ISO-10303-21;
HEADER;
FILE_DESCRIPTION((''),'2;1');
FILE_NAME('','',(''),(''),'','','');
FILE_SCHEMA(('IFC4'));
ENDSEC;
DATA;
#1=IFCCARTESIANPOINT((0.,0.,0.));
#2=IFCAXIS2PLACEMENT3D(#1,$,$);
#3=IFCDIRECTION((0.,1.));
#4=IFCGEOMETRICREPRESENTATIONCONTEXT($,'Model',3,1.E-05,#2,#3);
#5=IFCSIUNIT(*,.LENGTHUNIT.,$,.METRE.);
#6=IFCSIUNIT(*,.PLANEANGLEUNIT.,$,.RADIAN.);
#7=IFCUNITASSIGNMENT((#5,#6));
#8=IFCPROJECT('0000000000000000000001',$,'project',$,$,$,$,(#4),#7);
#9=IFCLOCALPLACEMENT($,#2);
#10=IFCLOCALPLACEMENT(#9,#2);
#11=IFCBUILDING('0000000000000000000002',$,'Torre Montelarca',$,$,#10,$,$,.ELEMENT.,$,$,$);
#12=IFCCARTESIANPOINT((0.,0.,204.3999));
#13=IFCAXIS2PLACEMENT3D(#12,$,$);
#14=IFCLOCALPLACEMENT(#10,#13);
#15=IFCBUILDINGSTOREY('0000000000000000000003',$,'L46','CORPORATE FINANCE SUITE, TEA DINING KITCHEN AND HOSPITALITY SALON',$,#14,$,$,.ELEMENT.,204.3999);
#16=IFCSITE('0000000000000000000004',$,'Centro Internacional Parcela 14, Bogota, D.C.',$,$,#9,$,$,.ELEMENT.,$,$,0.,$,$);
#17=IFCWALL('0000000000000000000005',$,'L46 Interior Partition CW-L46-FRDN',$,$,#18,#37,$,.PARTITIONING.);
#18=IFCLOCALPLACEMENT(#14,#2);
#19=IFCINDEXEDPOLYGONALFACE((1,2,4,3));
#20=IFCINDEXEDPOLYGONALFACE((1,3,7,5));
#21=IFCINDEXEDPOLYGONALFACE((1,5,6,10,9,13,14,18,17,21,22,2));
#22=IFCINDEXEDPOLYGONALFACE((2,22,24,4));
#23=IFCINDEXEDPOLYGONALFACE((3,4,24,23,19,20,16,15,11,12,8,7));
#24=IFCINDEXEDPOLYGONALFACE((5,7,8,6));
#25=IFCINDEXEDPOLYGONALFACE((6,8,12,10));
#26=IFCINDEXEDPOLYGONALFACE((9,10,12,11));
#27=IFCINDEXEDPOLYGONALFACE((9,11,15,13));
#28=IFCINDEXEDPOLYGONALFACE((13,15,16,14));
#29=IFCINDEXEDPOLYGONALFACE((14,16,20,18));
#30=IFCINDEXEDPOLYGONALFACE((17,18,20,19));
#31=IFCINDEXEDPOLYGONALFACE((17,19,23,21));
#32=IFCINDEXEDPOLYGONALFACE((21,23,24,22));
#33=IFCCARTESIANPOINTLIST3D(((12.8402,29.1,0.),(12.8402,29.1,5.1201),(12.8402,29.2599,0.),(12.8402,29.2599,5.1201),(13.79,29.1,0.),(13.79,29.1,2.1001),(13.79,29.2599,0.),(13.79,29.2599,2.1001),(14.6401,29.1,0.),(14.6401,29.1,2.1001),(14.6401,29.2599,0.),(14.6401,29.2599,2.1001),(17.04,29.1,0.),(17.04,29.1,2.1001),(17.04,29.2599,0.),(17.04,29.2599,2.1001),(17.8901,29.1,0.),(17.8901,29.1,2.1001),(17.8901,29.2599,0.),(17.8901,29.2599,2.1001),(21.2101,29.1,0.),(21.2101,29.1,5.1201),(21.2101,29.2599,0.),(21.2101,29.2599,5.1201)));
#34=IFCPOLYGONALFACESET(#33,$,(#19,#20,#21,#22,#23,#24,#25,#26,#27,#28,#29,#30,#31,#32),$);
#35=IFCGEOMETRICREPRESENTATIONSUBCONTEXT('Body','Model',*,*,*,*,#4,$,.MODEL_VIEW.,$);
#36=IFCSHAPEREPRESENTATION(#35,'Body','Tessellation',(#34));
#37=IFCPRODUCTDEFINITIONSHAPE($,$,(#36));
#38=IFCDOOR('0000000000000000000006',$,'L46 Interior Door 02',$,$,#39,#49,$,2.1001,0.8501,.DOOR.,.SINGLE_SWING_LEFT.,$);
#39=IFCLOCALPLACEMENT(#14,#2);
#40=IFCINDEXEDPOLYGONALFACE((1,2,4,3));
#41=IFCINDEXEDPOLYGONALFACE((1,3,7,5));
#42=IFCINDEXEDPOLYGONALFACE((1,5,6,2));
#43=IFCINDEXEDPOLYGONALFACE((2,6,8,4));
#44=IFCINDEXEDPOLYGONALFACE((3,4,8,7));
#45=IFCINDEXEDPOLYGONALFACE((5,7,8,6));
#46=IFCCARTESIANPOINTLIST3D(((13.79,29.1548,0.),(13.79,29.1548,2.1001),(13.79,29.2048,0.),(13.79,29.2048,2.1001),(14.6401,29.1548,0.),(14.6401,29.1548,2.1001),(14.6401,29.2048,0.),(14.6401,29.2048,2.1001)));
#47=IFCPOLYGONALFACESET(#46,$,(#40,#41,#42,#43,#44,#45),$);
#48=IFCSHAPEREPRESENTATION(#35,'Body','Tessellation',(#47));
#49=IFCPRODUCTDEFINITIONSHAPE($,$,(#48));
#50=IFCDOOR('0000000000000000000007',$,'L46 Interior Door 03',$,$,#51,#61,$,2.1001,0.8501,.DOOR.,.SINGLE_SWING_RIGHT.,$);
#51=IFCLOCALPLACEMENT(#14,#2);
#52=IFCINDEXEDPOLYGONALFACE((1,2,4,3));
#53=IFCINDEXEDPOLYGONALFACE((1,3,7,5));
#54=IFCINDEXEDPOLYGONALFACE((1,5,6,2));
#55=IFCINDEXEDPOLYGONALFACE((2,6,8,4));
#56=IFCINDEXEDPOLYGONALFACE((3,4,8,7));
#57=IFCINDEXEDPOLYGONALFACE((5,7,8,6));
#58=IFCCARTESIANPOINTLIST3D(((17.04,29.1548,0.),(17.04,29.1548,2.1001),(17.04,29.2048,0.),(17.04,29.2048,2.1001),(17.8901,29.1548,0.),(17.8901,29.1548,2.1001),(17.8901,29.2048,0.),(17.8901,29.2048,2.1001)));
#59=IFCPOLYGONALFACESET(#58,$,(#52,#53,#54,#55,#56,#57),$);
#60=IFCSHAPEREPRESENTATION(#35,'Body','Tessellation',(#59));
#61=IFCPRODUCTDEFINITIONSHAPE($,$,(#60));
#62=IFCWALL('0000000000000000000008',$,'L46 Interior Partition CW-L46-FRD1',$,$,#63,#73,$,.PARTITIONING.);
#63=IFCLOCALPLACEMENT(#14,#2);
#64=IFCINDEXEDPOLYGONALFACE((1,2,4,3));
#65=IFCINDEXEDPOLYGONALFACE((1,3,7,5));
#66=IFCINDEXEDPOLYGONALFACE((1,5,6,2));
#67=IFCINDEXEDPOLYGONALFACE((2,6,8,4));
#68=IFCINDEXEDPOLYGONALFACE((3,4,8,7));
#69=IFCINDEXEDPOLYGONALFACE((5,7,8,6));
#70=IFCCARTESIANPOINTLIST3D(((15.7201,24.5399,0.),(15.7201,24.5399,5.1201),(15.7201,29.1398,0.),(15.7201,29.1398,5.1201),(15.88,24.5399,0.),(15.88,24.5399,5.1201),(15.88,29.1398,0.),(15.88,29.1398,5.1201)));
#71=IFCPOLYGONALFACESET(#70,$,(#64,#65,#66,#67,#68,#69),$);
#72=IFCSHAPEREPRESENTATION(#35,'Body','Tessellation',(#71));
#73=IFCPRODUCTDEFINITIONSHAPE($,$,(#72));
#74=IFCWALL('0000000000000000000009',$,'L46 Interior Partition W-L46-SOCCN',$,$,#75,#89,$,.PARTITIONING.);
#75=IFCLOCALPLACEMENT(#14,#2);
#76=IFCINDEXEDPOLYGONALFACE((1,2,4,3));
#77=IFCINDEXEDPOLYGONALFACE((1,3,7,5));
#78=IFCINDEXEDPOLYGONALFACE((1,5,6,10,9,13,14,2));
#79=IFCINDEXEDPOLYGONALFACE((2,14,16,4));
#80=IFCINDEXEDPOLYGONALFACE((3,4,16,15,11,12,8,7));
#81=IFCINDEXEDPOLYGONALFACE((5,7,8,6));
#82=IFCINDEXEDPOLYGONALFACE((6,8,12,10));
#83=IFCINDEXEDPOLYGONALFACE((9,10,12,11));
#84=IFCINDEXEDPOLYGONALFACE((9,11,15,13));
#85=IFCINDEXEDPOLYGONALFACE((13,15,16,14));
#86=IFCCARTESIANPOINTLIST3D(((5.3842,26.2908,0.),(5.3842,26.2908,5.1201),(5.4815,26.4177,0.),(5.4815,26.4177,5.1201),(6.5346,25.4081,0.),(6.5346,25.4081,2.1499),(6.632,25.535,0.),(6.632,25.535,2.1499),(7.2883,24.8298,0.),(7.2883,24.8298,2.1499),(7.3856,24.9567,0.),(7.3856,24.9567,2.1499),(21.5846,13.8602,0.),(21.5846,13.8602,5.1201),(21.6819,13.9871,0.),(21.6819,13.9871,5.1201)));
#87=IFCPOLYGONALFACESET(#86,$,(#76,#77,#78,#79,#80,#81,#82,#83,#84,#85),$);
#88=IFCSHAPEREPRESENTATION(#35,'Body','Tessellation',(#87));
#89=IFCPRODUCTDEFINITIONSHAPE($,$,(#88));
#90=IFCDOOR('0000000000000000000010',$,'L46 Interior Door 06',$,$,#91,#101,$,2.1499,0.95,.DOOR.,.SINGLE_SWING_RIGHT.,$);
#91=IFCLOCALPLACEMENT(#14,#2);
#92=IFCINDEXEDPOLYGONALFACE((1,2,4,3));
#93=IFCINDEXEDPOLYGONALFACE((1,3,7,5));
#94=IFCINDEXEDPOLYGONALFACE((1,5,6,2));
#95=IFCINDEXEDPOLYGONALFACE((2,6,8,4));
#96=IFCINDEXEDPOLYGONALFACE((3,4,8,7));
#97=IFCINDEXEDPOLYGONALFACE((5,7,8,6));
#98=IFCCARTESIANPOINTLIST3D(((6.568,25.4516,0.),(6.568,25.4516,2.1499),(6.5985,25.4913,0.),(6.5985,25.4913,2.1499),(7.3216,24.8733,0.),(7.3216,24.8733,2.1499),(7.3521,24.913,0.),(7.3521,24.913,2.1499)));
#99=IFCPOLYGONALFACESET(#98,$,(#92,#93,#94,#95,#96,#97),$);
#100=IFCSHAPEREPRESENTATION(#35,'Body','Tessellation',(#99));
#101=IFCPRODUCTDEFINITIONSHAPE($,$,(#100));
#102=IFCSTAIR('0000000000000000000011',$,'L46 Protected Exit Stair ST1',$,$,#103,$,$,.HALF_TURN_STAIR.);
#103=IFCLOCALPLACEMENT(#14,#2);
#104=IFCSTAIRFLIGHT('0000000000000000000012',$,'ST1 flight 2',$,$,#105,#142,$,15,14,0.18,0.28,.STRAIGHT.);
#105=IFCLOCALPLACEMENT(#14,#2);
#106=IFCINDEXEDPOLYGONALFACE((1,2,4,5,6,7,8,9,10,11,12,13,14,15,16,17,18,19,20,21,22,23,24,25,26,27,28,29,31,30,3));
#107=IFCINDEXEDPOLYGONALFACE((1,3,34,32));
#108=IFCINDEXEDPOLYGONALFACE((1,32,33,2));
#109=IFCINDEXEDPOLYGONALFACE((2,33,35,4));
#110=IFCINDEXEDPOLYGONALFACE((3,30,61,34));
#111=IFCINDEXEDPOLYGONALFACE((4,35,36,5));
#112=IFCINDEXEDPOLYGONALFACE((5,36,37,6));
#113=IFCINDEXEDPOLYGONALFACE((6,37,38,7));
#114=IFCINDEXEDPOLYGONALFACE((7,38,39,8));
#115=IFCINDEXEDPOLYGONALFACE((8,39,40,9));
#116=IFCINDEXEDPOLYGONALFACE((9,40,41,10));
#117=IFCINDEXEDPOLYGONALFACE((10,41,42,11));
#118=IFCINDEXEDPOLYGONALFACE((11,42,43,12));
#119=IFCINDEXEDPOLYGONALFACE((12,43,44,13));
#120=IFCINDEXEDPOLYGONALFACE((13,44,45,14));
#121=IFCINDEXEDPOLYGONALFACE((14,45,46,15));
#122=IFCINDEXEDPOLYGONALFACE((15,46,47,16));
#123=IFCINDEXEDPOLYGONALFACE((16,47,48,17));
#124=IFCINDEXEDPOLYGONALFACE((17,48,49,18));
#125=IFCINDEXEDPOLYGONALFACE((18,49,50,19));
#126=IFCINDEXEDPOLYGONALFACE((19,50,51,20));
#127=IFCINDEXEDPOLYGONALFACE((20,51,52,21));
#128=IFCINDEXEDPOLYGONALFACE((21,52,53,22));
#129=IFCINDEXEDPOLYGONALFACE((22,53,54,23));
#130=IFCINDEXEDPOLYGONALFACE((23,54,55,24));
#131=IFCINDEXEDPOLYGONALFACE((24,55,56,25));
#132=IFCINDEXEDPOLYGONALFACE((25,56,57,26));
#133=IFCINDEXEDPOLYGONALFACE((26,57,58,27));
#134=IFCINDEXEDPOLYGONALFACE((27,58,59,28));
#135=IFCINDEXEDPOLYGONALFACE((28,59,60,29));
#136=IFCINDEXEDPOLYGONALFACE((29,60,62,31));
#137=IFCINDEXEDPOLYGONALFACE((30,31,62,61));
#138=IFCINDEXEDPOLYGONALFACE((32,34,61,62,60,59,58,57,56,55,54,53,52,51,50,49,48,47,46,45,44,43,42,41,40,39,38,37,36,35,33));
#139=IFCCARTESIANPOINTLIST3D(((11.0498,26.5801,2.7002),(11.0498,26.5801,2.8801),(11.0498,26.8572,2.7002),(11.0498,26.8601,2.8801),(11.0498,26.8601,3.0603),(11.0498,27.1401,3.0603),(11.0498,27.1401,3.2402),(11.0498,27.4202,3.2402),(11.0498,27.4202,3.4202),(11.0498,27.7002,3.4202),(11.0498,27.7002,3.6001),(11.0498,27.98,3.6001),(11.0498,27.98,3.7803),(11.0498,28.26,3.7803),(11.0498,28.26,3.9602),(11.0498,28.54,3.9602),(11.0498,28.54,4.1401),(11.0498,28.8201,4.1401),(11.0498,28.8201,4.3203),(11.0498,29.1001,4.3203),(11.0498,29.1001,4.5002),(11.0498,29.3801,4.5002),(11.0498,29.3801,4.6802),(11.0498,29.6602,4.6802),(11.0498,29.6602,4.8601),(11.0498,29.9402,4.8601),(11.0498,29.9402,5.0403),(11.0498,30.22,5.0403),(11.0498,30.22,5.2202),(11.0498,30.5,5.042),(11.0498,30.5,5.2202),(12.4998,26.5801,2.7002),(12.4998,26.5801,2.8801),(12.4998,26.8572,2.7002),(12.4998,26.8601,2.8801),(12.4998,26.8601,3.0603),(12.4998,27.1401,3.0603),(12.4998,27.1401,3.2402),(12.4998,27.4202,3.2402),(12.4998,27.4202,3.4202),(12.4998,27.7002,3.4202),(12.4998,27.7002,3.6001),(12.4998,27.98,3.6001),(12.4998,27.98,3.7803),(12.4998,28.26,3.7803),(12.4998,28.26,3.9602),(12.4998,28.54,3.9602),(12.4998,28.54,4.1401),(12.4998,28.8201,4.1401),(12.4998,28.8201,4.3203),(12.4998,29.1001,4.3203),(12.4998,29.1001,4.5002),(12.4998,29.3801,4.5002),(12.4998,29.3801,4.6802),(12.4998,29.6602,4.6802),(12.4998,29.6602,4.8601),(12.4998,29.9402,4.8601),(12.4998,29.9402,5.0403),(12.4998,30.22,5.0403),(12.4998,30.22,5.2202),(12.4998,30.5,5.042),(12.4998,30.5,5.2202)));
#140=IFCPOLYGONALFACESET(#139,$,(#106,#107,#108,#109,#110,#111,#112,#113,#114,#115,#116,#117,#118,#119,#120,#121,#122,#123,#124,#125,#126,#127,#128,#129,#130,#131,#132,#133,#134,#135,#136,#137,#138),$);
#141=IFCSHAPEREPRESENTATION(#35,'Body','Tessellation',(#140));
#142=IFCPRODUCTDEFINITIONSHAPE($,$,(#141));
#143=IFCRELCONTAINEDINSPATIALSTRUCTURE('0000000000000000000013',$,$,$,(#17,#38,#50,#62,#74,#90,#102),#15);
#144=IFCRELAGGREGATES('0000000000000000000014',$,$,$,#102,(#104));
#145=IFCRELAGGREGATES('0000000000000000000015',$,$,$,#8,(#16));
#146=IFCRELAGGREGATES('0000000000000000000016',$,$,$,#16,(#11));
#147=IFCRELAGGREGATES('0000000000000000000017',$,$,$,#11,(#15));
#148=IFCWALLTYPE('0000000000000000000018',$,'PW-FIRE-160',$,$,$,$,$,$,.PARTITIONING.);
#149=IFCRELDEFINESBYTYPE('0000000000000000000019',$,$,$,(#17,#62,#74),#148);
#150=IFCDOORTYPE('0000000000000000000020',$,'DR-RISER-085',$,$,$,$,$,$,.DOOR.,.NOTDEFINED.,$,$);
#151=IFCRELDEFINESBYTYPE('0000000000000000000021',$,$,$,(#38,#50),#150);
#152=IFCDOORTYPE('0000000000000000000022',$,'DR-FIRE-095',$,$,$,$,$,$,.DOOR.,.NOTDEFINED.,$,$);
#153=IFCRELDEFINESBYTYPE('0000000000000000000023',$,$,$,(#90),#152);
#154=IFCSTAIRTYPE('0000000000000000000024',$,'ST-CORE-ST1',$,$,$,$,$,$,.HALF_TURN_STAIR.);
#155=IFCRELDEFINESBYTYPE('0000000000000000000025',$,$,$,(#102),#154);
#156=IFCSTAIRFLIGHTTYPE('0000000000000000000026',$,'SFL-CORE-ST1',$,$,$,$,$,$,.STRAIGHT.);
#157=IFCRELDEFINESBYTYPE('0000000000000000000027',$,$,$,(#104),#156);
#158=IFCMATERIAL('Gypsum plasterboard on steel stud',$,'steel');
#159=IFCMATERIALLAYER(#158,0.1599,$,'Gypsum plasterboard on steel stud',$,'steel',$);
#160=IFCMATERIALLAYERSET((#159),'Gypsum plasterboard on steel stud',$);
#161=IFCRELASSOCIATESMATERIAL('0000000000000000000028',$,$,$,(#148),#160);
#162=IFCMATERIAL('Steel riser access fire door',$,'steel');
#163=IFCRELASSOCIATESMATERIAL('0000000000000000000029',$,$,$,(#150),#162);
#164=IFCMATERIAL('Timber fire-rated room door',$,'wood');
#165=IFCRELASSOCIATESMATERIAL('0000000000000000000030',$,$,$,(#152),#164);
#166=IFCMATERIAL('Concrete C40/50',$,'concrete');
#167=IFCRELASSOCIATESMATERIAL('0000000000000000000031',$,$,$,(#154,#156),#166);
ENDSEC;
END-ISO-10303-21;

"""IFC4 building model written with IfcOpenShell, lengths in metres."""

from ifc_helpers import new_model, si_unit, direction, frame, frame_2d, origin, place, context, subcontext, project, spatial, polyline, rectangle, outline, extrude, source, transform, mapped, material, layer, layer_set, type_object, element, fill, aggregate, save


model = new_model("IFC4")

# Units and contexts
model_context = context("Model", 3, precision=1e-05, world=origin(), true_north=direction((0.0, 1.0)))
body_context = subcontext(model_context, "Body", "Model", "MODEL_VIEW")
ifc_project = project(units=[si_unit("LENGTHUNIT", "METRE"), si_unit("PLANEANGLEUNIT", "RADIAN")], contexts=[model_context])

# Site, building, storey
site_placement = place(None, origin())
site = spatial("IfcSite", under=ifc_project, at=site_placement, Name="Centro Internacional Parcela 14, Bogota, D.C.", CompositionType="ELEMENT", RefElevation=0.0)
building_placement = place(site_placement, origin())
building = spatial("IfcBuilding", under=site, at=building_placement, Name="Torre Montelarca", CompositionType="ELEMENT")
storey_placement = place(building_placement, frame((0.0, 0.0, 204.3999)))
storey = spatial("IfcBuildingStorey", under=building, at=storey_placement, Name="L46", Description="CORPORATE FINANCE SUITE, TEA DINING KITCHEN AND HOSPITALITY SALON", CompositionType="ELEMENT", Elevation=204.3999)

# Shared definitions
ifc_material_1 = material(Name="Concrete C40/50", Category="concrete")

# Wall, openings, doors
ifc_material_2 = material(Name="Gypsum plasterboard on steel stud", Category="steel")
ifc_layer_1 = layer(ifc_material_2, 0.1599, Name="Gypsum plasterboard on steel stud", Category="steel")
ifc_layer_set_1 = layer_set([ifc_layer_1], Name="Gypsum plasterboard on steel stud")
wall_type_1 = type_object("IfcWallType", Name="PW-FIRE-160", PredefinedType="PARTITIONING", material=ifc_layer_set_1)
wall_1_placement = place(storey_placement, frame((12.8401, 29.1799, 0.0), z_axis=(0.0, 0.0, 1.0), x_axis=(1.0, 0.0, 0.0)))
wall_1 = element("IfcWall", 1, at=wall_1_placement, inside=storey, type_object=wall_type_1, Name="L46 Interior Partition CW-L46-FRDN", PredefinedType="PARTITIONING", context=body_context, shape_type="SweptSolid", body=[
    extrude(rectangle(XDim=8.3699, YDim=0.1599, at=frame_2d((4.1851, 0.0))), origin(), (0.0, 0.0, 1.0), 5.1201),
])
opening_1_placement = place(wall_1_placement, frame((0.95, 0.0, 0.0)))
opening_1 = element("IfcOpeningElement", 2, at=opening_1_placement, cuts=wall_1, PredefinedType="OPENING", context=body_context, shape_type="SweptSolid", body=[
    extrude(rectangle(XDim=0.8501, YDim=2.1001, at=frame_2d((0.425, 1.05))), frame((0.0, 0.0898, 0.0), z_axis=(0.0, -1.0, 0.0), x_axis=(1.0, 0.0, 0.0)), (0.0, 0.0, 1.0), 0.1799),
])
opening_2_placement = place(wall_1_placement, frame((4.2, 0.0, 0.0)))
opening_2 = element("IfcOpeningElement", 3, at=opening_2_placement, cuts=wall_1, PredefinedType="OPENING", context=body_context, shape_type="SweptSolid", body=[
    extrude(rectangle(XDim=0.8501, YDim=2.1001, at=frame_2d((0.425, 1.05))), frame((0.0, 0.0898, 0.0), z_axis=(0.0, -1.0, 0.0), x_axis=(1.0, 0.0, 0.0)), (0.0, 0.0, 1.0), 0.1799),
])
ifc_material_3 = material(Name="Steel riser access fire door", Category="steel")
door_type_1 = type_object("IfcDoorType", Name="DR-RISER-085", OperationType="NOTDEFINED", PredefinedType="DOOR", material=ifc_material_3)
shared_shape_1 = source(origin(), body_context, "Body", "SweptSolid", [
    extrude(rectangle(XDim=0.8501, YDim=2.1001, at=frame_2d((0.425, 1.05))), frame((0.0, 0.0249, 0.0), z_axis=(0.0, -1.0, 0.0), x_axis=(1.0, 0.0, 0.0)), (0.0, 0.0, 1.0), 0.05),
])
door_1_placement = place(opening_1_placement, origin())
door_1 = element("IfcDoor", 4, at=door_1_placement, inside=storey, type_object=door_type_1, Name="L46 Interior Door 02", OperationType="SINGLE_SWING_LEFT", OverallHeight=2.1001, OverallWidth=0.8501, PredefinedType="DOOR", context=body_context, shape_type="MappedRepresentation", body=[
    mapped(shared_shape_1, transform((0.0, 0.0, 0.0), scale=1.0)),
])
fill(opening_1, door_1)
door_2_placement = place(opening_2_placement, origin())
door_2 = element("IfcDoor", 5, at=door_2_placement, inside=storey, type_object=door_type_1, Name="L46 Interior Door 03", OperationType="SINGLE_SWING_RIGHT", OverallHeight=2.1001, OverallWidth=0.8501, PredefinedType="DOOR", context=body_context, shape_type="MappedRepresentation", body=[
    mapped(shared_shape_1, transform((0.0, 0.0, 0.0), scale=1.0)),
])
fill(opening_2, door_2)

# Wall
wall_2_placement = place(storey_placement, frame((15.8, 24.54, 0.0), z_axis=(0.0, 0.0, 1.0), x_axis=(0.0, 1.0, 0.0)))
element("IfcWall", 6, at=wall_2_placement, inside=storey, type_object=wall_type_1, Name="L46 Interior Partition CW-L46-FRD1", PredefinedType="PARTITIONING", context=body_context, shape_type="SweptSolid", body=[
    extrude(rectangle(XDim=4.5999, YDim=0.1599, at=frame_2d((2.2998, 0.0))), origin(), (0.0, 0.0, 1.0), 5.1201),
])

# Wall, opening, door
wall_3_placement = place(storey_placement, frame((5.4329, 26.3542, 0.0), z_axis=(0.0, 0.0, 1.0), x_axis=(0.793362, -0.60875, 0.0)))
wall_3 = element("IfcWall", 7, at=wall_3_placement, inside=storey, type_object=wall_type_1, Name="L46 Interior Partition W-L46-SOCCN", PredefinedType="PARTITIONING", context=body_context, shape_type="SweptSolid", body=[
    extrude(rectangle(XDim=20.4199, YDim=0.1599, at=frame_2d((10.21, 0.0))), origin(), (0.0, 0.0, 1.0), 5.1201),
])
opening_3_placement = place(wall_3_placement, frame((1.45, 0.0, 0.0)))
opening_3 = element("IfcOpeningElement", 8, at=opening_3_placement, cuts=wall_3, PredefinedType="OPENING", context=body_context, shape_type="SweptSolid", body=[
    extrude(rectangle(XDim=0.95, YDim=2.1499, at=frame_2d((0.4751, 1.075))), frame((0.0, 0.0898, 0.0), z_axis=(0.0, -1.0, 0.0), x_axis=(1.0, 0.0, 0.0)), (0.0, 0.0, 1.0), 0.1799),
])
ifc_material_4 = material(Name="Timber fire-rated room door", Category="wood")
door_type_2 = type_object("IfcDoorType", Name="DR-FIRE-095", OperationType="NOTDEFINED", PredefinedType="DOOR", material=ifc_material_4)
shared_shape_2 = source(origin(), body_context, "Body", "SweptSolid", [
    extrude(rectangle(XDim=0.95, YDim=2.1499, at=frame_2d((0.4751, 1.075))), frame((0.0, 0.0249, 0.0), z_axis=(0.0, -1.0, 0.0), x_axis=(1.0, 0.0, 0.0)), (0.0, 0.0, 1.0), 0.05),
])
door_3_placement = place(opening_3_placement, origin())
door_3 = element("IfcDoor", 9, at=door_3_placement, inside=storey, type_object=door_type_2, Name="L46 Interior Door 06", OperationType="SINGLE_SWING_RIGHT", OverallHeight=2.1499, OverallWidth=0.95, PredefinedType="DOOR", context=body_context, shape_type="MappedRepresentation", body=[
    mapped(shared_shape_2, transform((0.0, 0.0, 0.0), scale=1.0)),
])
fill(opening_3, door_3)

# Stair, stair flight
stair_type = type_object("IfcStairType", Name="ST-CORE-ST1", PredefinedType="HALF_TURN_STAIR", material=ifc_material_1)
stair_placement = place(storey_placement, origin())
stair = element("IfcStair", 10, at=stair_placement, inside=storey, type_object=stair_type, Name="L46 Protected Exit Stair ST1", PredefinedType="HALF_TURN_STAIR")
stair_flight_type = type_object("IfcStairFlightType", Name="SFL-CORE-ST1", PredefinedType="STRAIGHT", material=ifc_material_1)
stair_flight_placement = place(storey_placement, frame((11.7749, 26.5801, 2.7002), z_axis=(0.0, 0.0, 1.0), x_axis=(0.0, 1.0, 0.0)))
stair_flight = element("IfcStairFlight", 11, at=stair_flight_placement, type_object=stair_flight_type, Name="ST1 flight 2", NumberOfRisers=15, NumberOfTreads=14, PredefinedType="STRAIGHT", RiserHeight=0.18, TreadLength=0.28, context=body_context, shape_type="SweptSolid", body=[
    extrude(outline(polyline([(0.0, 0.0), (0.0, 0.1799), (0.28, 0.1799), (0.28, 0.3601), (0.5601, 0.3601), (0.5601, 0.54), (0.8401, 0.54), (0.8401, 0.72), (1.1201, 0.72), (1.1201, 0.8999), (1.3999, 0.8999), (1.3999, 1.0801), (1.6799, 1.0801), (1.6799, 1.26), (1.96, 1.26), (1.96, 1.4399), (2.24, 1.4399), (2.24, 1.6201), (2.52, 1.6201), (2.52, 1.8), (2.8, 1.8), (2.8, 1.98), (3.0801, 1.98), (3.0801, 2.1599), (3.3601, 2.1599), (3.3601, 2.3401), (3.6399, 2.3401), (3.6399, 2.52), (3.9199, 2.52), (3.9199, 2.7), (3.9199, 2.3418), (0.2771, 0.0), (0.0, 0.0)])), frame((0.0, 0.7251, 0.0), z_axis=(0.0, -1.0, 0.0), x_axis=(1.0, 0.0, 0.0)), (0.0, 0.0, 1.0), 1.45),
])
aggregate(stair, [stair_flight])

save(model, "model.ifc")
